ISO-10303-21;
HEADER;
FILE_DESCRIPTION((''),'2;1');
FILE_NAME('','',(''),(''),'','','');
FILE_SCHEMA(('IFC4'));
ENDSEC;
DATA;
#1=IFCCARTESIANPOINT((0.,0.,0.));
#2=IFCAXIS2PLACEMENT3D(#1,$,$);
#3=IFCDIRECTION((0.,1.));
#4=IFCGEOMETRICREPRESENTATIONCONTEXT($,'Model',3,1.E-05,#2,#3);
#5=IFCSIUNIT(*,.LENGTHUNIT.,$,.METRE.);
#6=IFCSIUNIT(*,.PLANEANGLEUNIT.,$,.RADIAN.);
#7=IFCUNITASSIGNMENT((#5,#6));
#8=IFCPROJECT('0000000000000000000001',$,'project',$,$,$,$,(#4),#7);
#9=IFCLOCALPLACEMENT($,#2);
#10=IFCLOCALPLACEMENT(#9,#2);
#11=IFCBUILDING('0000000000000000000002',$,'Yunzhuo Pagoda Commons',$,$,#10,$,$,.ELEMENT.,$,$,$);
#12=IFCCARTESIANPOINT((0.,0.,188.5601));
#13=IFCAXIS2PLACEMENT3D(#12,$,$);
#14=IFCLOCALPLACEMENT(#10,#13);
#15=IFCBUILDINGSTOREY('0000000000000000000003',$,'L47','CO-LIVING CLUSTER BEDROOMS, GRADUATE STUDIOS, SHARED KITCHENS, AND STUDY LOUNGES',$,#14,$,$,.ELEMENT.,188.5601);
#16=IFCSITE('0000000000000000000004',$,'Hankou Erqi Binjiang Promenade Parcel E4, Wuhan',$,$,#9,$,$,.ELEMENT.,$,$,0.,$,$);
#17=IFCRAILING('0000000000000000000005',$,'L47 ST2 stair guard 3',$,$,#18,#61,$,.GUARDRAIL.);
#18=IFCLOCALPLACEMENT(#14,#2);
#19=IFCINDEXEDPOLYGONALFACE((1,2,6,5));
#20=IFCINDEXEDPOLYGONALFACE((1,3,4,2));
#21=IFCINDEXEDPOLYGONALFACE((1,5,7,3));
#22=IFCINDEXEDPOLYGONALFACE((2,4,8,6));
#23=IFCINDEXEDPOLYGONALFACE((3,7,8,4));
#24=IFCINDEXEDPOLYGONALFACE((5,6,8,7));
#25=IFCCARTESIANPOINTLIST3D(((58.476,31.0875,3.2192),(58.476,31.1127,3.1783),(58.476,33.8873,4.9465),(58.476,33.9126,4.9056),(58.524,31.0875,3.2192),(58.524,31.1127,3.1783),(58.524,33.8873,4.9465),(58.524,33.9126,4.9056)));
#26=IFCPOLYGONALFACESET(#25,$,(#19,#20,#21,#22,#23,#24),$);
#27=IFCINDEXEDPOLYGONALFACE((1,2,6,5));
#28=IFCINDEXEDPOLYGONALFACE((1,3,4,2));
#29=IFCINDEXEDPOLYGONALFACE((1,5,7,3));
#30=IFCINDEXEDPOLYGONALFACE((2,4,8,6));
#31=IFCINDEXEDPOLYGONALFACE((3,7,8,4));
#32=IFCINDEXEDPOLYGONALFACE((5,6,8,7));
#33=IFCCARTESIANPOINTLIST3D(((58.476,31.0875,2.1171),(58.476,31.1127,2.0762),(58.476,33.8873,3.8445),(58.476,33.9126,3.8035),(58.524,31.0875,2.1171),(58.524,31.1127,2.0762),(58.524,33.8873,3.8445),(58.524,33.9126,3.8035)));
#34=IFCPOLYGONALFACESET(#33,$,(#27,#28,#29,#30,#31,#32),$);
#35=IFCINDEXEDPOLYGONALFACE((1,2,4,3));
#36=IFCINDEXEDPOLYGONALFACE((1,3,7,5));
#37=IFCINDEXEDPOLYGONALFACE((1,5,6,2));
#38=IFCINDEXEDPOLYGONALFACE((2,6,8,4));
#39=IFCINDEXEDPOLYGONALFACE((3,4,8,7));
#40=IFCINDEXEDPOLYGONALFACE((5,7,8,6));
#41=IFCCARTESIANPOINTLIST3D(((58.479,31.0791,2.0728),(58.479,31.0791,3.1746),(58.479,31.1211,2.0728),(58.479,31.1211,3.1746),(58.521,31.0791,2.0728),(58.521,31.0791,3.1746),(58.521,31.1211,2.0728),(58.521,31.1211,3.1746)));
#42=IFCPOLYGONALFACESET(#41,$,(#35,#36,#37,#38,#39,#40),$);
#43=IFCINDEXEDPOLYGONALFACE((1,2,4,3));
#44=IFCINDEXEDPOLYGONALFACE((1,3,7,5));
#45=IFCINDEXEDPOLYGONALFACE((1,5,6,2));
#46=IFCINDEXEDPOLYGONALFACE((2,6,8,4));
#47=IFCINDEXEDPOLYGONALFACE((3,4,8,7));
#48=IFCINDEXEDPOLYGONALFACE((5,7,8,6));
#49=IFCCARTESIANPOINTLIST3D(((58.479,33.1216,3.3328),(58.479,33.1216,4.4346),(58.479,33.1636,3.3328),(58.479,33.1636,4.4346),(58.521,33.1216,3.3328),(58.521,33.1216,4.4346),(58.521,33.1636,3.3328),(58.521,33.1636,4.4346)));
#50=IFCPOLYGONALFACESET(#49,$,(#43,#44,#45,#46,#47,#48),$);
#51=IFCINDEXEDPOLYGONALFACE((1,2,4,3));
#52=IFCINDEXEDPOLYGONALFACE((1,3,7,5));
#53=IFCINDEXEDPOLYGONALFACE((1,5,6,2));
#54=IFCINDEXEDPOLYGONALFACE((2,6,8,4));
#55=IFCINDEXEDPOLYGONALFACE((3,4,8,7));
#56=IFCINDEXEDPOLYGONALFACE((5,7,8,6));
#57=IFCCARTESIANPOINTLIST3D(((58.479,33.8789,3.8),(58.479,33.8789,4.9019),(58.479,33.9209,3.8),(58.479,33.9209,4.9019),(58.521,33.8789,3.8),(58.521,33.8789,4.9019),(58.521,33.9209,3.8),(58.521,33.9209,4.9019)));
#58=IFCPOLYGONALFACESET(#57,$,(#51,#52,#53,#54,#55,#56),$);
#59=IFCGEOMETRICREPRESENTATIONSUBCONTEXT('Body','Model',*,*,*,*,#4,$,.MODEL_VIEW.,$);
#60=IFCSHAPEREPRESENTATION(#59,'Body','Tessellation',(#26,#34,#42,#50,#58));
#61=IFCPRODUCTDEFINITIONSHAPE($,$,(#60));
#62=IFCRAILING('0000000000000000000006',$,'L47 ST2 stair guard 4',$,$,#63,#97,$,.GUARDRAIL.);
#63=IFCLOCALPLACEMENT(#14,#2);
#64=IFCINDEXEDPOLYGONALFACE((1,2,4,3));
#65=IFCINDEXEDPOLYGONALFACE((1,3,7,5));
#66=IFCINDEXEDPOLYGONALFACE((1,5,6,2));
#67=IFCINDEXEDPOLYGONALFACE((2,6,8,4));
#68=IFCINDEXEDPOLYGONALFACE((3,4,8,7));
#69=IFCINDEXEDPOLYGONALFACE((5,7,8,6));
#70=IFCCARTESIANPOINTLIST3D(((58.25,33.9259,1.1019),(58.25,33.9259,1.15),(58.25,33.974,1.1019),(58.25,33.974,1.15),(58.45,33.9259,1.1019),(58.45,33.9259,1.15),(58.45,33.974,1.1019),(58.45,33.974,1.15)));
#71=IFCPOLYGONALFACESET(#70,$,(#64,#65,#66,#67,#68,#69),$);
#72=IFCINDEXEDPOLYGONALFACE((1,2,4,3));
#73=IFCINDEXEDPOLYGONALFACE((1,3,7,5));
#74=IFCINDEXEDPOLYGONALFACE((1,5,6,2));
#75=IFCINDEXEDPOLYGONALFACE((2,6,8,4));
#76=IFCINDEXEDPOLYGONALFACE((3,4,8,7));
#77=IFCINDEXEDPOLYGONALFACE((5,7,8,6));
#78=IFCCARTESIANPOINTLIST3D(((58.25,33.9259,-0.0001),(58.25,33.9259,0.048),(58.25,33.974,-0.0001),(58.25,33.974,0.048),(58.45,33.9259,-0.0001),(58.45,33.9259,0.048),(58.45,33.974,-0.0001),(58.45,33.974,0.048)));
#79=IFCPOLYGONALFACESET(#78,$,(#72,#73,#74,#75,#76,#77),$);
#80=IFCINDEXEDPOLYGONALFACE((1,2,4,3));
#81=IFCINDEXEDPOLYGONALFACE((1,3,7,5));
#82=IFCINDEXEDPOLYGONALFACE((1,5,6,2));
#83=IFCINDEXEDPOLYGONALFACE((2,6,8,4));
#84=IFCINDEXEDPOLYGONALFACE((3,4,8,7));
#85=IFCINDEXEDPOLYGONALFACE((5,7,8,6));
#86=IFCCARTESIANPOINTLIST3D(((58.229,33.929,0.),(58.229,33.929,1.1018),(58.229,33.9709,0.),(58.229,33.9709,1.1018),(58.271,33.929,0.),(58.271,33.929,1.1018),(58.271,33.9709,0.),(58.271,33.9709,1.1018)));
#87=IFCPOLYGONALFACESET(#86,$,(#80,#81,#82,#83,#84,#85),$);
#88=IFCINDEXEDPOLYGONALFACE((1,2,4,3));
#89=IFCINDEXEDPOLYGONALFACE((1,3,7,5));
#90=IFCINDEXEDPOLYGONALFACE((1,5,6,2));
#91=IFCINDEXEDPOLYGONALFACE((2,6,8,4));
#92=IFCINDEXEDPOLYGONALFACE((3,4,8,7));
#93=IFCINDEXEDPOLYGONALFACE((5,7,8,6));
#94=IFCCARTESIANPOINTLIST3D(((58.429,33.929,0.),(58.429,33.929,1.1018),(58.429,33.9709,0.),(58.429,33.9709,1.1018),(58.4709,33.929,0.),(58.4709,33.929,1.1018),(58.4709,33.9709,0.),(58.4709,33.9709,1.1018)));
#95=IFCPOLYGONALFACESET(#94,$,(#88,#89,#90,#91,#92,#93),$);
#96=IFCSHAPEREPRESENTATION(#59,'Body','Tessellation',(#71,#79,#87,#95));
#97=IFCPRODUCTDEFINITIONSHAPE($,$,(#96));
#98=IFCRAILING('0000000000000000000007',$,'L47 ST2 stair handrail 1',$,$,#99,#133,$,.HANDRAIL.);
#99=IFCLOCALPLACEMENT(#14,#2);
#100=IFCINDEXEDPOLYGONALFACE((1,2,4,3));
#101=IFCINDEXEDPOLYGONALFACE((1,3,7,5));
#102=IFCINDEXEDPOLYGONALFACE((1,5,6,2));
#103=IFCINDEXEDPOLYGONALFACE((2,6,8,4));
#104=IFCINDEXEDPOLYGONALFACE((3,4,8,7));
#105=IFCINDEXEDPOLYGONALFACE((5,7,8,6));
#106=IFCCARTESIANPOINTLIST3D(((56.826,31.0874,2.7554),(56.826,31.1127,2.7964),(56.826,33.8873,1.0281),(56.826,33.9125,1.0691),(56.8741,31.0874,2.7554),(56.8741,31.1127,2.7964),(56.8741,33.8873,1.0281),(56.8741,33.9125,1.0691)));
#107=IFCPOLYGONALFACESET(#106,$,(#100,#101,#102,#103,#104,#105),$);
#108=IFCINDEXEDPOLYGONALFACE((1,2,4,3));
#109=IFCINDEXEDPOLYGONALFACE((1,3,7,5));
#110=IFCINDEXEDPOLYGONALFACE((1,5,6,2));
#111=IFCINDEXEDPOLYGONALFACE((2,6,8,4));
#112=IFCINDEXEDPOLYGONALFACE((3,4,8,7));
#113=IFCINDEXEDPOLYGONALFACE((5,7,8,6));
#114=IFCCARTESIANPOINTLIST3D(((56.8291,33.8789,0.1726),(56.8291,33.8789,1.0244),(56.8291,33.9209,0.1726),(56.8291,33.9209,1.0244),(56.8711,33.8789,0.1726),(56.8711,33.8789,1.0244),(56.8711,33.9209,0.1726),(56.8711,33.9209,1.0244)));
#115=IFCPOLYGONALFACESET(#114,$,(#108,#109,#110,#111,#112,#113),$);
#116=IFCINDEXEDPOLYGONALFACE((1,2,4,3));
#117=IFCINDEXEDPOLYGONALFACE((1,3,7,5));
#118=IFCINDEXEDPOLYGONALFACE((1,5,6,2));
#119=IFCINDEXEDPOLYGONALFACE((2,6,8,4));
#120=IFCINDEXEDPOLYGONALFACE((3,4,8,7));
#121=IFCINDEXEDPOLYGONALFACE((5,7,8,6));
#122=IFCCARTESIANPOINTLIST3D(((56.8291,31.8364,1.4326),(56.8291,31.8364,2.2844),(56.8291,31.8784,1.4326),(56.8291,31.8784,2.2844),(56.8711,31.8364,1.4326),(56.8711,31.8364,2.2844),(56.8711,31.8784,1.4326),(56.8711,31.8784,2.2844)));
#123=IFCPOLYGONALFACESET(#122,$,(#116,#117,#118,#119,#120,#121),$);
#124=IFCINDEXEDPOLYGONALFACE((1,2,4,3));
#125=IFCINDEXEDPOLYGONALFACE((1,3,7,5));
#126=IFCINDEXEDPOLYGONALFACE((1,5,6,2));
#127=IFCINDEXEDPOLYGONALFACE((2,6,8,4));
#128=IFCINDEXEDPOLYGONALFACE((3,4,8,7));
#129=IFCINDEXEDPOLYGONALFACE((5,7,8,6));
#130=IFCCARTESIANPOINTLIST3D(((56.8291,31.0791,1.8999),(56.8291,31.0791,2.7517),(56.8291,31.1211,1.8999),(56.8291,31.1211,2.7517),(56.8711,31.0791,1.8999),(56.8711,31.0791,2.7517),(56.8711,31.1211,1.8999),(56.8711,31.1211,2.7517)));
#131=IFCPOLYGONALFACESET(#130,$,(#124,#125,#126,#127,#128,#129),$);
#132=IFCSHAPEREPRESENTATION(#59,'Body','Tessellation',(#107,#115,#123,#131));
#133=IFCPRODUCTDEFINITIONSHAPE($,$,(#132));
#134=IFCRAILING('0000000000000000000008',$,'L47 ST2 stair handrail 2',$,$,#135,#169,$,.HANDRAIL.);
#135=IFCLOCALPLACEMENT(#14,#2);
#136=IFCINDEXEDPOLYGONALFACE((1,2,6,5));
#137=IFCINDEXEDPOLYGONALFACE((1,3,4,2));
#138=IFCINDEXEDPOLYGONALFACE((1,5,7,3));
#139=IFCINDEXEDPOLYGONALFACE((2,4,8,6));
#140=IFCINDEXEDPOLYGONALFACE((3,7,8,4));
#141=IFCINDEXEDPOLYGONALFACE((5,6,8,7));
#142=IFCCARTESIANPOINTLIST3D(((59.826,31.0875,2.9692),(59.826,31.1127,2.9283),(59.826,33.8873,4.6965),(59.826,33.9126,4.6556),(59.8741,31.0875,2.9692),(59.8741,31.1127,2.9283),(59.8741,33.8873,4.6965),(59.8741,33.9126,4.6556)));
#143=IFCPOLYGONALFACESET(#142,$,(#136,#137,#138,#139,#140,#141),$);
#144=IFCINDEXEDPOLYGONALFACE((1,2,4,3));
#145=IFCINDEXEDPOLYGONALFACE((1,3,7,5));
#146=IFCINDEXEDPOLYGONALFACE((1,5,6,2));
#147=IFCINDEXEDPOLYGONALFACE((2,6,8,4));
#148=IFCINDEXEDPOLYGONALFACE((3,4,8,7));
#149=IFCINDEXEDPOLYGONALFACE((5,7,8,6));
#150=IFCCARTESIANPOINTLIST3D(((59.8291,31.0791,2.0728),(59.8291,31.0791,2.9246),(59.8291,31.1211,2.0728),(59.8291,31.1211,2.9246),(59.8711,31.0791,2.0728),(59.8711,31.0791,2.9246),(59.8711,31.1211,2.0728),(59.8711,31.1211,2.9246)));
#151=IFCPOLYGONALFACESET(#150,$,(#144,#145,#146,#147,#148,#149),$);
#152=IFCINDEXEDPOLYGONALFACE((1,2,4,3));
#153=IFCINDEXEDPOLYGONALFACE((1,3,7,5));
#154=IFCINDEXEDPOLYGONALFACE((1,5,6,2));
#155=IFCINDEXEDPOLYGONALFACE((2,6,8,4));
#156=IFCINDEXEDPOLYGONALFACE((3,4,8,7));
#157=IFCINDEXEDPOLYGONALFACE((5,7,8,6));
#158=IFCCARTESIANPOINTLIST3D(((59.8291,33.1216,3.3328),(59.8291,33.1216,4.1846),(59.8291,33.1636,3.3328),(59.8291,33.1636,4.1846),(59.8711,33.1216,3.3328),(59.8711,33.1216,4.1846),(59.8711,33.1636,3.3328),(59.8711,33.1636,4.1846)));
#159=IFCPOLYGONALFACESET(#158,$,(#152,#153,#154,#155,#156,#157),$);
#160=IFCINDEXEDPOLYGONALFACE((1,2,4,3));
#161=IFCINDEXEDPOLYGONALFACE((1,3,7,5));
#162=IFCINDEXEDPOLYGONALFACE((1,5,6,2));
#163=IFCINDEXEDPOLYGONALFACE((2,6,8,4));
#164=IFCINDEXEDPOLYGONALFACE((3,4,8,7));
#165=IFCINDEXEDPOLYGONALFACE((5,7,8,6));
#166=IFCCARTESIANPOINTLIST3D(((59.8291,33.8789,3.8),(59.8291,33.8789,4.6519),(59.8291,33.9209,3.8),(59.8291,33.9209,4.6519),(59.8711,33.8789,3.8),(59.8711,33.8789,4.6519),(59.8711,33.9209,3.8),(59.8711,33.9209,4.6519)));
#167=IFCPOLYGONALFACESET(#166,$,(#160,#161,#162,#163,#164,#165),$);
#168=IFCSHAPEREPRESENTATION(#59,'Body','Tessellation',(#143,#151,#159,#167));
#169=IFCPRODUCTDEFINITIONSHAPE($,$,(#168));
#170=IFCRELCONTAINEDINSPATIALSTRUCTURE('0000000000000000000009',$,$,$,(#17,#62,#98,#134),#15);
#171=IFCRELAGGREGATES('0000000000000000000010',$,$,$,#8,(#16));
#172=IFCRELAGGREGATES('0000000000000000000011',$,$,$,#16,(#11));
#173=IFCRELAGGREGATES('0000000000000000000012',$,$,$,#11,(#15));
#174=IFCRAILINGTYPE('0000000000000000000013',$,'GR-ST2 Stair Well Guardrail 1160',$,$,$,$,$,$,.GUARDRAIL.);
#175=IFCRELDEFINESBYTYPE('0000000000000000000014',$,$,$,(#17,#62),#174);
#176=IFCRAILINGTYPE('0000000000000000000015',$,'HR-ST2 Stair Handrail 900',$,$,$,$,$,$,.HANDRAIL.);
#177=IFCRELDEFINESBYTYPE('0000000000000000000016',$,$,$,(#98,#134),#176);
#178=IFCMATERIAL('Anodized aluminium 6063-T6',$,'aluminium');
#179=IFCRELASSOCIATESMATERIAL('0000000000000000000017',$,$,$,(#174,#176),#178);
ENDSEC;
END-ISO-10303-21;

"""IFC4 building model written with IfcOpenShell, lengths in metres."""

from ifc_helpers import new_model, si_unit, direction, frame, origin, origin_2d, place, context, subcontext, project, spatial, rectangle, extrude, material, type_object, element, save


model = new_model("IFC4")

# Units and contexts
model_context = context("Model", 3, precision=1e-05, world=origin(), true_north=direction((0.0, 1.0)))
body_context = subcontext(model_context, "Body", "Model", "MODEL_VIEW")
ifc_project = project(units=[si_unit("LENGTHUNIT", "METRE"), si_unit("PLANEANGLEUNIT", "RADIAN")], contexts=[model_context])

# Site, building, storey
site_placement = place(None, origin())
site = spatial("IfcSite", under=ifc_project, at=site_placement, Name="Hankou Erqi Binjiang Promenade Parcel E4, Wuhan", CompositionType="ELEMENT", RefElevation=0.0)
building_placement = place(site_placement, origin())
building = spatial("IfcBuilding", under=site, at=building_placement, Name="Yunzhuo Pagoda Commons", CompositionType="ELEMENT")
storey_placement = place(building_placement, frame((0.0, 0.0, 188.5601)))
storey = spatial("IfcBuildingStorey", under=building, at=storey_placement, Name="L47", Description="CO-LIVING CLUSTER BEDROOMS, GRADUATE STUDIOS, SHARED KITCHENS, AND STUDY LOUNGES", CompositionType="ELEMENT", Elevation=188.5601)

# Railings
ifc_material_1 = material(Name="Anodized aluminium 6063-T6", Category="aluminium")
railing_type_1 = type_object("IfcRailingType", Name="GR-ST2 Stair Well Guardrail 1160", PredefinedType="GUARDRAIL", material=ifc_material_1)
railing_1_placement = place(storey_placement, frame((58.5, 31.1001, 2.0728)))
element("IfcRailing", 1, at=railing_1_placement, inside=storey, type_object=railing_type_1, Name="L47 ST2 stair guard 3", PredefinedType="GUARDRAIL", context=body_context, shape_type="SweptSolid", body=[
    extrude(rectangle(XDim=0.0481, YDim=0.0481, at=origin_2d()), frame((0.0, 0.0, 1.126), z_axis=(0.0, 0.851069, 0.525054), x_axis=(-1.0, 0.0, 0.0)), (0.0, 0.0, 1.0), 3.2898),
    extrude(rectangle(XDim=0.0481, YDim=0.0481, at=origin_2d()), frame((0.0, 0.0, 0.0239), z_axis=(0.0, 0.851069, 0.525054), x_axis=(-1.0, 0.0, 0.0)), (0.0, 0.0, 1.0), 3.2898),
    extrude(rectangle(XDim=0.042, YDim=0.042, at=origin_2d()), origin(), (0.0, 0.0, 1.0), 1.1018),
    extrude(rectangle(XDim=0.042, YDim=0.042, at=origin_2d()), frame((0.0, 2.0425, 1.26)), (0.0, 0.0, 1.0), 1.1018),
    extrude(rectangle(XDim=0.042, YDim=0.042, at=origin_2d()), frame((0.0, 2.7998, 1.7273)), (0.0, 0.0, 1.0), 1.1018),
])
railing_2_placement = place(storey_placement, frame((58.25, 33.95, 0.0)))
element("IfcRailing", 2, at=railing_2_placement, inside=storey, type_object=railing_type_1, Name="L47 ST2 stair guard 4", PredefinedType="GUARDRAIL", context=body_context, shape_type="SweptSolid", body=[
    extrude(rectangle(XDim=0.0481, YDim=0.0481, at=origin_2d()), frame((0.0, 0.0, 1.126), z_axis=(1.0, 0.0, 0.0), x_axis=(0.0, 1.0, 0.0)), (0.0, 0.0, 1.0), 0.2),
    extrude(rectangle(XDim=0.0481, YDim=0.0481, at=origin_2d()), frame((0.0, 0.0, 0.0239), z_axis=(1.0, 0.0, 0.0), x_axis=(0.0, 1.0, 0.0)), (0.0, 0.0, 1.0), 0.2),
    extrude(rectangle(XDim=0.042, YDim=0.042, at=origin_2d()), origin(), (0.0, 0.0, 1.0), 1.1018),
    extrude(rectangle(XDim=0.042, YDim=0.042, at=origin_2d()), frame((0.2, 0.0, 0.0)), (0.0, 0.0, 1.0), 1.1018),
])
railing_type_2 = type_object("IfcRailingType", Name="HR-ST2 Stair Handrail 900", PredefinedType="HANDRAIL", material=ifc_material_1)
railing_3_placement = place(storey_placement, frame((56.8501, 33.8999, 0.1726)))
element("IfcRailing", 3, at=railing_3_placement, inside=storey, type_object=railing_type_2, Name="L47 ST2 stair handrail 1", PredefinedType="HANDRAIL", context=body_context, shape_type="SweptSolid", body=[
    extrude(rectangle(XDim=0.0481, YDim=0.0481, at=origin_2d()), frame((0.0, 0.0, 0.876), z_axis=(0.0, -0.851069, 0.525054), x_axis=(1.0, 0.0, 0.0)), (0.0, 0.0, 1.0), 3.2898),
    extrude(rectangle(XDim=0.042, YDim=0.042, at=origin_2d()), origin(), (0.0, 0.0, 1.0), 0.8518),
    extrude(rectangle(XDim=0.042, YDim=0.042, at=origin_2d()), frame((0.0, -2.0425, 1.26)), (0.0, 0.0, 1.0), 0.8518),
    extrude(rectangle(XDim=0.042, YDim=0.042, at=origin_2d()), frame((0.0, -2.7998, 1.7273)), (0.0, 0.0, 1.0), 0.8518),
])
railing_4_placement = place(storey_placement, frame((59.8501, 31.1001, 2.0728)))
element("IfcRailing", 4, at=railing_4_placement, inside=storey, type_object=railing_type_2, Name="L47 ST2 stair handrail 2", PredefinedType="HANDRAIL", context=body_context, shape_type="SweptSolid", body=[
    extrude(rectangle(XDim=0.0481, YDim=0.0481, at=origin_2d()), frame((0.0, 0.0, 0.876), z_axis=(0.0, 0.851069, 0.525054), x_axis=(-1.0, 0.0, 0.0)), (0.0, 0.0, 1.0), 3.2898),
    extrude(rectangle(XDim=0.042, YDim=0.042, at=origin_2d()), origin(), (0.0, 0.0, 1.0), 0.8518),
    extrude(rectangle(XDim=0.042, YDim=0.042, at=origin_2d()), frame((0.0, 2.0425, 1.26)), (0.0, 0.0, 1.0), 0.8518),
    extrude(rectangle(XDim=0.042, YDim=0.042, at=origin_2d()), frame((0.0, 2.7998, 1.7273)), (0.0, 0.0, 1.0), 0.8518),
])

save(model, "model.ifc")
